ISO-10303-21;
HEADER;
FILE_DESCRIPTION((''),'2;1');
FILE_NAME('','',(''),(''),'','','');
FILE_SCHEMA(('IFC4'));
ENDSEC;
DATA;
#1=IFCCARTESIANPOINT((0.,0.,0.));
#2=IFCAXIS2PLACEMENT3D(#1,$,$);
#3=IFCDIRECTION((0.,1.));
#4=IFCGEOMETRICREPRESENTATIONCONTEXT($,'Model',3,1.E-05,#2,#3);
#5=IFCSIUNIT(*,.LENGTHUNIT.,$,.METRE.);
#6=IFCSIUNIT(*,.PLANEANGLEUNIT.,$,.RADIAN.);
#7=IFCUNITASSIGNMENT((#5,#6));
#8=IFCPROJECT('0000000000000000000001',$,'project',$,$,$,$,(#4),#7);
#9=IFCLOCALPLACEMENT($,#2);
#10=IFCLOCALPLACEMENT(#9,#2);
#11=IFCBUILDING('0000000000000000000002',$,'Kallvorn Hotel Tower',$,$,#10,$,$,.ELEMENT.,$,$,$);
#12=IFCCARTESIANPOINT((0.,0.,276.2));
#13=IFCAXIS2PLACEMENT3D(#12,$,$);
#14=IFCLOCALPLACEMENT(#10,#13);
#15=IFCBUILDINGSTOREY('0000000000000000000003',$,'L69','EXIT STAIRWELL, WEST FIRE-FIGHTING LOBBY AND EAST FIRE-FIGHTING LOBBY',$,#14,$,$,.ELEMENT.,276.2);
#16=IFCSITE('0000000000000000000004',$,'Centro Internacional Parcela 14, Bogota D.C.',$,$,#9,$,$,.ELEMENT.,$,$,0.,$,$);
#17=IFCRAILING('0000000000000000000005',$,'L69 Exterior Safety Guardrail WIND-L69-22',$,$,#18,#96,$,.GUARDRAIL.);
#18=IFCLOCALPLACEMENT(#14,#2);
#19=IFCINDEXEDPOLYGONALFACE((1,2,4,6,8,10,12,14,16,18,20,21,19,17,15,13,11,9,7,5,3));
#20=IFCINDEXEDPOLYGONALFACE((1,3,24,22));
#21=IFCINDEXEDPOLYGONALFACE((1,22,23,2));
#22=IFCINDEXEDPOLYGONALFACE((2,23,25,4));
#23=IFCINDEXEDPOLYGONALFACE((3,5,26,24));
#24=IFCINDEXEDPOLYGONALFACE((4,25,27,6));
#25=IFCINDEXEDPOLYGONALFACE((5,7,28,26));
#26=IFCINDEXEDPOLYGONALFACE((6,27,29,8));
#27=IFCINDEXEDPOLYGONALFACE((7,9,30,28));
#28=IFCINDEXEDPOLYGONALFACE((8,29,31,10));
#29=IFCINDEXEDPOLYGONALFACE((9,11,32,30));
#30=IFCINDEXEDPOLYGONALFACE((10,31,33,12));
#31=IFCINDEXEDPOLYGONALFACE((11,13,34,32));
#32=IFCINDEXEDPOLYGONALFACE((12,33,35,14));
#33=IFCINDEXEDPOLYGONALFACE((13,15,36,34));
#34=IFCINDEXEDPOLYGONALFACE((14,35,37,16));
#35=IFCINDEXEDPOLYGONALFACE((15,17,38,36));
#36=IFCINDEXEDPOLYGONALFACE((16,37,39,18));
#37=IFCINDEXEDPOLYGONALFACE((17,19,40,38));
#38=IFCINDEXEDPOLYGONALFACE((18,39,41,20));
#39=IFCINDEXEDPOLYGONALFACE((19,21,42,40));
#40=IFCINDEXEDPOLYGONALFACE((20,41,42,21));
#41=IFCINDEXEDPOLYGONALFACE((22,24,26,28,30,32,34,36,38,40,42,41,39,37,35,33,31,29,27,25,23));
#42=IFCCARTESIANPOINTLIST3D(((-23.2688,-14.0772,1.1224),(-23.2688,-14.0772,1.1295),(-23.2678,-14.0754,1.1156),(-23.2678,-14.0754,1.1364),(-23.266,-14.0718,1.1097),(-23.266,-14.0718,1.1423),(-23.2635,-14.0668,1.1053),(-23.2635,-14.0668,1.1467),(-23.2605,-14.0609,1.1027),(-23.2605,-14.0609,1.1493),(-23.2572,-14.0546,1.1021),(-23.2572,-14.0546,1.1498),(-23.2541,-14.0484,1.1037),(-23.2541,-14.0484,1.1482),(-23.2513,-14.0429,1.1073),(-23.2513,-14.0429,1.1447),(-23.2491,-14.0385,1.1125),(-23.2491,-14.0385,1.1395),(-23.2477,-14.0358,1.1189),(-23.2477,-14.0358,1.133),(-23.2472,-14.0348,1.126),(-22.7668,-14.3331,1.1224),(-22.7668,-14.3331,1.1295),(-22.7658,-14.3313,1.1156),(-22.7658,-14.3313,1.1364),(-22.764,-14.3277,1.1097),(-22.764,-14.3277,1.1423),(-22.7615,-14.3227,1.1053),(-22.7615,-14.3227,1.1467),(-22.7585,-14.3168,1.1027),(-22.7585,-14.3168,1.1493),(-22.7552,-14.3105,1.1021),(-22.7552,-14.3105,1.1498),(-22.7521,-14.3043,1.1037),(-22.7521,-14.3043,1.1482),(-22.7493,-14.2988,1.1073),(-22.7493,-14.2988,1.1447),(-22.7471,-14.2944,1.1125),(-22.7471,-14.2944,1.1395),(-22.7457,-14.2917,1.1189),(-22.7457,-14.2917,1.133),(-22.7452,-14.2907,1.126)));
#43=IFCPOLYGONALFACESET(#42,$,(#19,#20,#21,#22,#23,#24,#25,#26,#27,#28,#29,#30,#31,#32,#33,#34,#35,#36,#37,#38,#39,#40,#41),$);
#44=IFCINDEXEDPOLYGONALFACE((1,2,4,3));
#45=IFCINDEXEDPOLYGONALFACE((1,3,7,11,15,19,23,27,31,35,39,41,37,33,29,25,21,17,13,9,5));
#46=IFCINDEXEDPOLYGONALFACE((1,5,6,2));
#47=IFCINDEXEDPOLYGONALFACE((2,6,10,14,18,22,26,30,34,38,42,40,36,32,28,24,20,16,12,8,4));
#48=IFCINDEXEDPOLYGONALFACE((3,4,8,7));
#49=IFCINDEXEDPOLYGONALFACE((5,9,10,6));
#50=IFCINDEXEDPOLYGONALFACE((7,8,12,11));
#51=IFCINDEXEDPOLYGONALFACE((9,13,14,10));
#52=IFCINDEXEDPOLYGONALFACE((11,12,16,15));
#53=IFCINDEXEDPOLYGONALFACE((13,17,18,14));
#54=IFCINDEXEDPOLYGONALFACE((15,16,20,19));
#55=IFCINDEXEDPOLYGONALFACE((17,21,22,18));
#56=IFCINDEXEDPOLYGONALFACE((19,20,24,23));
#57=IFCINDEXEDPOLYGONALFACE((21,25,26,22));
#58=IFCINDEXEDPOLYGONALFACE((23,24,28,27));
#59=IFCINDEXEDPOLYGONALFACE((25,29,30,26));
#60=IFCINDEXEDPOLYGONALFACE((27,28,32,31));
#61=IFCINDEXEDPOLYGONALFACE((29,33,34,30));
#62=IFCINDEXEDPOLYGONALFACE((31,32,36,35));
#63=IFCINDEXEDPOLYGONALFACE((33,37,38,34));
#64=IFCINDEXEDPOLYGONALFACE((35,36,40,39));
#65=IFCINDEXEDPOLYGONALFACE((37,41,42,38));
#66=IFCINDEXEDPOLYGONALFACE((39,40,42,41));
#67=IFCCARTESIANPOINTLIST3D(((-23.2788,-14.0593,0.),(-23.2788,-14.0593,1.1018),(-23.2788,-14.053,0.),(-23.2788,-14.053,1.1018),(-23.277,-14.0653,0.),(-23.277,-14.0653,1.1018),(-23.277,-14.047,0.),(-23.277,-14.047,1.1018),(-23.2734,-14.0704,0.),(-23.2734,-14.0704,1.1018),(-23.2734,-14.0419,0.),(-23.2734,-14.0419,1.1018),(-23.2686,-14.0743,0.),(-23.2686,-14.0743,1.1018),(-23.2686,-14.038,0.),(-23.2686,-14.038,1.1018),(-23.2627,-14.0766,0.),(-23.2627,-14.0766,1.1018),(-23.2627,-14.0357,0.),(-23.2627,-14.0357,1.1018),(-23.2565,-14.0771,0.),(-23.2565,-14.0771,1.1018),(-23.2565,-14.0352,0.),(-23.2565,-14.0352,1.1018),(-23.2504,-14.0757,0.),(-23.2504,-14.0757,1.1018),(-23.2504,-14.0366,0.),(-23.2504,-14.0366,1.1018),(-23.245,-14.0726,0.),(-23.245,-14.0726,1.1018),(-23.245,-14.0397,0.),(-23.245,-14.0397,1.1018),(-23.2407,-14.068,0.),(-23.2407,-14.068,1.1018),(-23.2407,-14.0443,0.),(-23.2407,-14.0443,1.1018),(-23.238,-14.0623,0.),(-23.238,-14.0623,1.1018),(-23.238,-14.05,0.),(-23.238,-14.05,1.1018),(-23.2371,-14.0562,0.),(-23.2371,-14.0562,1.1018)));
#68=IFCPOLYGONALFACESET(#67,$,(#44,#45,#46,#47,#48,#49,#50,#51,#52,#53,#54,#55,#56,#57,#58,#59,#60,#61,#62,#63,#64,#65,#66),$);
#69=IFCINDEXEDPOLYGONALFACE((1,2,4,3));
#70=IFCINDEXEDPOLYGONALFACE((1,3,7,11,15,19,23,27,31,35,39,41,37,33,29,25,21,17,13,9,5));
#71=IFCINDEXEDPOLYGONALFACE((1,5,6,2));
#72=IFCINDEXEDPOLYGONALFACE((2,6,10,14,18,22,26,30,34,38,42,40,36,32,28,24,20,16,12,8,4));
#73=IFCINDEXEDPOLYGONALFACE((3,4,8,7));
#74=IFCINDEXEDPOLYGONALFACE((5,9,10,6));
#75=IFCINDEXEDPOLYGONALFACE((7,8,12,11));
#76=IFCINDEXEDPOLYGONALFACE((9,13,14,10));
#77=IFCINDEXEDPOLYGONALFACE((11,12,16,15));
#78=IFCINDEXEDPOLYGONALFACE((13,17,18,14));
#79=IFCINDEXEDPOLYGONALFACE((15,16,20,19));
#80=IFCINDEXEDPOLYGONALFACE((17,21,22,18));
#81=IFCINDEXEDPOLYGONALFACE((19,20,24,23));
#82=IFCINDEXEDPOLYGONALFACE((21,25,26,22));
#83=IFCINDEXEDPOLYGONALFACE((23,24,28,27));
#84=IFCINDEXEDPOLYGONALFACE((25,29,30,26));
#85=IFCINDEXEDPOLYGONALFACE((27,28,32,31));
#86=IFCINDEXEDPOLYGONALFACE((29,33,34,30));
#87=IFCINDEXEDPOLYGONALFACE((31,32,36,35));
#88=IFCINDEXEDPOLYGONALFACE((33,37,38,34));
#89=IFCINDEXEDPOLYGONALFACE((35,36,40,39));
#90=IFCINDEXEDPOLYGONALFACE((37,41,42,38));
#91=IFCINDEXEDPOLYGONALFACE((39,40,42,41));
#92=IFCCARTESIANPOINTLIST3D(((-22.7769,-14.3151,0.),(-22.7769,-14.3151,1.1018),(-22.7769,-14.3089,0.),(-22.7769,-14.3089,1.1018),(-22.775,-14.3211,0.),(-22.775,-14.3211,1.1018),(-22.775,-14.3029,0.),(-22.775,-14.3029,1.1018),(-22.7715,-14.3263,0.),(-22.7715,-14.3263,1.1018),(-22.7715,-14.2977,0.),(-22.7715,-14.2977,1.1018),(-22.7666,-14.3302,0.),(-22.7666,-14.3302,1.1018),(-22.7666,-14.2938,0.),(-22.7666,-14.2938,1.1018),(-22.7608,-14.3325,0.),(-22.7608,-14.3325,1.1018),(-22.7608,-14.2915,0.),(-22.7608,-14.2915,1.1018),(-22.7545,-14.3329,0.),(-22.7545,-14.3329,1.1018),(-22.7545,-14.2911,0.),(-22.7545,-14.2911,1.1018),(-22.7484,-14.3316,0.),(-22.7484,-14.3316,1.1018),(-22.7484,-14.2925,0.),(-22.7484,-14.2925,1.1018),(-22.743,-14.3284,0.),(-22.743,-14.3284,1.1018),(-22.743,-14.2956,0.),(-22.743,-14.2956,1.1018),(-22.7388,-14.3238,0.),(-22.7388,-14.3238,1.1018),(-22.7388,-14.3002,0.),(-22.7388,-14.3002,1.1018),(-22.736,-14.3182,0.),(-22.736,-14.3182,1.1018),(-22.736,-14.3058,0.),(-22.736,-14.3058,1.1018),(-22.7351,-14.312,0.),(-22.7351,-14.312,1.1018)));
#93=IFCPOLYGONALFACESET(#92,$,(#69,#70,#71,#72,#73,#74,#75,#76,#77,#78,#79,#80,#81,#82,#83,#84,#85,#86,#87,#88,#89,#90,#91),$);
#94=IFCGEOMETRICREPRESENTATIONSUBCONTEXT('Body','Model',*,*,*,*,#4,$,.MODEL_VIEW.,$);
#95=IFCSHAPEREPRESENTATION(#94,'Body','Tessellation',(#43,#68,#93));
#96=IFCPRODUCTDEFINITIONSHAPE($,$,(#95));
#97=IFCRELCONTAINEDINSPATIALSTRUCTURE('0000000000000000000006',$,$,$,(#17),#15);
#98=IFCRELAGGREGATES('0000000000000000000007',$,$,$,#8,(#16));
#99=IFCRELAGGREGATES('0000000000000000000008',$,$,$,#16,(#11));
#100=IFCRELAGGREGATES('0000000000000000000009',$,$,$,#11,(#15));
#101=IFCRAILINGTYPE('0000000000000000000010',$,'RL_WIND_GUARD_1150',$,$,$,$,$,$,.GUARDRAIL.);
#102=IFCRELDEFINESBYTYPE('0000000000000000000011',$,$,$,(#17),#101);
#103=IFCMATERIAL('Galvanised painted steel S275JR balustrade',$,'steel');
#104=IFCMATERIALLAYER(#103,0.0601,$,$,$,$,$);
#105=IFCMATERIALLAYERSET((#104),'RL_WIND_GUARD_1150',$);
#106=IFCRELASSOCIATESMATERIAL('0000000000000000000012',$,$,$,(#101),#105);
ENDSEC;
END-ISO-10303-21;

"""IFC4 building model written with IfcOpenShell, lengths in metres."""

from ifc_helpers import new_model, si_unit, direction, frame, origin, origin_2d, place, context, subcontext, project, spatial, circle, extrude, material, layer, layer_set, type_object, element, save


model = new_model("IFC4")

# Units and contexts
model_context = context("Model", 3, precision=1e-05, world=origin(), true_north=direction((0.0, 1.0)))
body_context = subcontext(model_context, "Body", "Model", "MODEL_VIEW")
ifc_project = project(units=[si_unit("LENGTHUNIT", "METRE"), si_unit("PLANEANGLEUNIT", "RADIAN")], contexts=[model_context])

# Site, building, storey
site_placement = place(None, origin())
site = spatial("IfcSite", under=ifc_project, at=site_placement, Name="Centro Internacional Parcela 14, Bogota D.C.", CompositionType="ELEMENT", RefElevation=0.0)
building_placement = place(site_placement, origin())
building = spatial("IfcBuilding", under=site, at=building_placement, Name="Kallvorn Hotel Tower", CompositionType="ELEMENT")
storey_placement = place(building_placement, frame((0.0, 0.0, 276.2)))
storey = spatial("IfcBuildingStorey", under=building, at=storey_placement, Name="L69", Description="EXIT STAIRWELL, WEST FIRE-FIGHTING LOBBY AND EAST FIRE-FIGHTING LOBBY", CompositionType="ELEMENT", Elevation=276.2)

# Railing
ifc_material_1 = material(Name="Galvanised painted steel S275JR balustrade", Category="steel")
ifc_layer_1 = layer(ifc_material_1, 0.0601)
ifc_layer_set_1 = layer_set([ifc_layer_1], Name="RL_WIND_GUARD_1150")
railing_type = type_object("IfcRailingType", Name="RL_WIND_GUARD_1150", PredefinedType="GUARDRAIL", material=ifc_layer_set_1)
railing_1_placement = place(storey_placement, frame((-23.2581, -14.0562, 0.0)))
element("IfcRailing", 1, at=railing_1_placement, inside=storey, type_object=railing_type, Name="L69 Exterior Safety Guardrail WIND-L69-22", PredefinedType="GUARDRAIL", context=body_context, shape_type="SweptSolid", body=[
    extrude(circle(Radius=0.0239, at=origin_2d()), frame((0.0, 0.0, 1.126), z_axis=(0.890934, -0.454133, 0.0), x_axis=(0.454133, 0.890934, 0.0)), (0.0, 0.0, 1.0), 0.5635),
    extrude(circle(Radius=0.021, at=origin_2d()), origin(), (0.0, 0.0, 1.0), 1.1018),
    extrude(circle(Radius=0.021, at=origin_2d()), frame((0.502, -0.2559, 0.0)), (0.0, 0.0, 1.0), 1.1018),
])

save(model, "model.ifc")
